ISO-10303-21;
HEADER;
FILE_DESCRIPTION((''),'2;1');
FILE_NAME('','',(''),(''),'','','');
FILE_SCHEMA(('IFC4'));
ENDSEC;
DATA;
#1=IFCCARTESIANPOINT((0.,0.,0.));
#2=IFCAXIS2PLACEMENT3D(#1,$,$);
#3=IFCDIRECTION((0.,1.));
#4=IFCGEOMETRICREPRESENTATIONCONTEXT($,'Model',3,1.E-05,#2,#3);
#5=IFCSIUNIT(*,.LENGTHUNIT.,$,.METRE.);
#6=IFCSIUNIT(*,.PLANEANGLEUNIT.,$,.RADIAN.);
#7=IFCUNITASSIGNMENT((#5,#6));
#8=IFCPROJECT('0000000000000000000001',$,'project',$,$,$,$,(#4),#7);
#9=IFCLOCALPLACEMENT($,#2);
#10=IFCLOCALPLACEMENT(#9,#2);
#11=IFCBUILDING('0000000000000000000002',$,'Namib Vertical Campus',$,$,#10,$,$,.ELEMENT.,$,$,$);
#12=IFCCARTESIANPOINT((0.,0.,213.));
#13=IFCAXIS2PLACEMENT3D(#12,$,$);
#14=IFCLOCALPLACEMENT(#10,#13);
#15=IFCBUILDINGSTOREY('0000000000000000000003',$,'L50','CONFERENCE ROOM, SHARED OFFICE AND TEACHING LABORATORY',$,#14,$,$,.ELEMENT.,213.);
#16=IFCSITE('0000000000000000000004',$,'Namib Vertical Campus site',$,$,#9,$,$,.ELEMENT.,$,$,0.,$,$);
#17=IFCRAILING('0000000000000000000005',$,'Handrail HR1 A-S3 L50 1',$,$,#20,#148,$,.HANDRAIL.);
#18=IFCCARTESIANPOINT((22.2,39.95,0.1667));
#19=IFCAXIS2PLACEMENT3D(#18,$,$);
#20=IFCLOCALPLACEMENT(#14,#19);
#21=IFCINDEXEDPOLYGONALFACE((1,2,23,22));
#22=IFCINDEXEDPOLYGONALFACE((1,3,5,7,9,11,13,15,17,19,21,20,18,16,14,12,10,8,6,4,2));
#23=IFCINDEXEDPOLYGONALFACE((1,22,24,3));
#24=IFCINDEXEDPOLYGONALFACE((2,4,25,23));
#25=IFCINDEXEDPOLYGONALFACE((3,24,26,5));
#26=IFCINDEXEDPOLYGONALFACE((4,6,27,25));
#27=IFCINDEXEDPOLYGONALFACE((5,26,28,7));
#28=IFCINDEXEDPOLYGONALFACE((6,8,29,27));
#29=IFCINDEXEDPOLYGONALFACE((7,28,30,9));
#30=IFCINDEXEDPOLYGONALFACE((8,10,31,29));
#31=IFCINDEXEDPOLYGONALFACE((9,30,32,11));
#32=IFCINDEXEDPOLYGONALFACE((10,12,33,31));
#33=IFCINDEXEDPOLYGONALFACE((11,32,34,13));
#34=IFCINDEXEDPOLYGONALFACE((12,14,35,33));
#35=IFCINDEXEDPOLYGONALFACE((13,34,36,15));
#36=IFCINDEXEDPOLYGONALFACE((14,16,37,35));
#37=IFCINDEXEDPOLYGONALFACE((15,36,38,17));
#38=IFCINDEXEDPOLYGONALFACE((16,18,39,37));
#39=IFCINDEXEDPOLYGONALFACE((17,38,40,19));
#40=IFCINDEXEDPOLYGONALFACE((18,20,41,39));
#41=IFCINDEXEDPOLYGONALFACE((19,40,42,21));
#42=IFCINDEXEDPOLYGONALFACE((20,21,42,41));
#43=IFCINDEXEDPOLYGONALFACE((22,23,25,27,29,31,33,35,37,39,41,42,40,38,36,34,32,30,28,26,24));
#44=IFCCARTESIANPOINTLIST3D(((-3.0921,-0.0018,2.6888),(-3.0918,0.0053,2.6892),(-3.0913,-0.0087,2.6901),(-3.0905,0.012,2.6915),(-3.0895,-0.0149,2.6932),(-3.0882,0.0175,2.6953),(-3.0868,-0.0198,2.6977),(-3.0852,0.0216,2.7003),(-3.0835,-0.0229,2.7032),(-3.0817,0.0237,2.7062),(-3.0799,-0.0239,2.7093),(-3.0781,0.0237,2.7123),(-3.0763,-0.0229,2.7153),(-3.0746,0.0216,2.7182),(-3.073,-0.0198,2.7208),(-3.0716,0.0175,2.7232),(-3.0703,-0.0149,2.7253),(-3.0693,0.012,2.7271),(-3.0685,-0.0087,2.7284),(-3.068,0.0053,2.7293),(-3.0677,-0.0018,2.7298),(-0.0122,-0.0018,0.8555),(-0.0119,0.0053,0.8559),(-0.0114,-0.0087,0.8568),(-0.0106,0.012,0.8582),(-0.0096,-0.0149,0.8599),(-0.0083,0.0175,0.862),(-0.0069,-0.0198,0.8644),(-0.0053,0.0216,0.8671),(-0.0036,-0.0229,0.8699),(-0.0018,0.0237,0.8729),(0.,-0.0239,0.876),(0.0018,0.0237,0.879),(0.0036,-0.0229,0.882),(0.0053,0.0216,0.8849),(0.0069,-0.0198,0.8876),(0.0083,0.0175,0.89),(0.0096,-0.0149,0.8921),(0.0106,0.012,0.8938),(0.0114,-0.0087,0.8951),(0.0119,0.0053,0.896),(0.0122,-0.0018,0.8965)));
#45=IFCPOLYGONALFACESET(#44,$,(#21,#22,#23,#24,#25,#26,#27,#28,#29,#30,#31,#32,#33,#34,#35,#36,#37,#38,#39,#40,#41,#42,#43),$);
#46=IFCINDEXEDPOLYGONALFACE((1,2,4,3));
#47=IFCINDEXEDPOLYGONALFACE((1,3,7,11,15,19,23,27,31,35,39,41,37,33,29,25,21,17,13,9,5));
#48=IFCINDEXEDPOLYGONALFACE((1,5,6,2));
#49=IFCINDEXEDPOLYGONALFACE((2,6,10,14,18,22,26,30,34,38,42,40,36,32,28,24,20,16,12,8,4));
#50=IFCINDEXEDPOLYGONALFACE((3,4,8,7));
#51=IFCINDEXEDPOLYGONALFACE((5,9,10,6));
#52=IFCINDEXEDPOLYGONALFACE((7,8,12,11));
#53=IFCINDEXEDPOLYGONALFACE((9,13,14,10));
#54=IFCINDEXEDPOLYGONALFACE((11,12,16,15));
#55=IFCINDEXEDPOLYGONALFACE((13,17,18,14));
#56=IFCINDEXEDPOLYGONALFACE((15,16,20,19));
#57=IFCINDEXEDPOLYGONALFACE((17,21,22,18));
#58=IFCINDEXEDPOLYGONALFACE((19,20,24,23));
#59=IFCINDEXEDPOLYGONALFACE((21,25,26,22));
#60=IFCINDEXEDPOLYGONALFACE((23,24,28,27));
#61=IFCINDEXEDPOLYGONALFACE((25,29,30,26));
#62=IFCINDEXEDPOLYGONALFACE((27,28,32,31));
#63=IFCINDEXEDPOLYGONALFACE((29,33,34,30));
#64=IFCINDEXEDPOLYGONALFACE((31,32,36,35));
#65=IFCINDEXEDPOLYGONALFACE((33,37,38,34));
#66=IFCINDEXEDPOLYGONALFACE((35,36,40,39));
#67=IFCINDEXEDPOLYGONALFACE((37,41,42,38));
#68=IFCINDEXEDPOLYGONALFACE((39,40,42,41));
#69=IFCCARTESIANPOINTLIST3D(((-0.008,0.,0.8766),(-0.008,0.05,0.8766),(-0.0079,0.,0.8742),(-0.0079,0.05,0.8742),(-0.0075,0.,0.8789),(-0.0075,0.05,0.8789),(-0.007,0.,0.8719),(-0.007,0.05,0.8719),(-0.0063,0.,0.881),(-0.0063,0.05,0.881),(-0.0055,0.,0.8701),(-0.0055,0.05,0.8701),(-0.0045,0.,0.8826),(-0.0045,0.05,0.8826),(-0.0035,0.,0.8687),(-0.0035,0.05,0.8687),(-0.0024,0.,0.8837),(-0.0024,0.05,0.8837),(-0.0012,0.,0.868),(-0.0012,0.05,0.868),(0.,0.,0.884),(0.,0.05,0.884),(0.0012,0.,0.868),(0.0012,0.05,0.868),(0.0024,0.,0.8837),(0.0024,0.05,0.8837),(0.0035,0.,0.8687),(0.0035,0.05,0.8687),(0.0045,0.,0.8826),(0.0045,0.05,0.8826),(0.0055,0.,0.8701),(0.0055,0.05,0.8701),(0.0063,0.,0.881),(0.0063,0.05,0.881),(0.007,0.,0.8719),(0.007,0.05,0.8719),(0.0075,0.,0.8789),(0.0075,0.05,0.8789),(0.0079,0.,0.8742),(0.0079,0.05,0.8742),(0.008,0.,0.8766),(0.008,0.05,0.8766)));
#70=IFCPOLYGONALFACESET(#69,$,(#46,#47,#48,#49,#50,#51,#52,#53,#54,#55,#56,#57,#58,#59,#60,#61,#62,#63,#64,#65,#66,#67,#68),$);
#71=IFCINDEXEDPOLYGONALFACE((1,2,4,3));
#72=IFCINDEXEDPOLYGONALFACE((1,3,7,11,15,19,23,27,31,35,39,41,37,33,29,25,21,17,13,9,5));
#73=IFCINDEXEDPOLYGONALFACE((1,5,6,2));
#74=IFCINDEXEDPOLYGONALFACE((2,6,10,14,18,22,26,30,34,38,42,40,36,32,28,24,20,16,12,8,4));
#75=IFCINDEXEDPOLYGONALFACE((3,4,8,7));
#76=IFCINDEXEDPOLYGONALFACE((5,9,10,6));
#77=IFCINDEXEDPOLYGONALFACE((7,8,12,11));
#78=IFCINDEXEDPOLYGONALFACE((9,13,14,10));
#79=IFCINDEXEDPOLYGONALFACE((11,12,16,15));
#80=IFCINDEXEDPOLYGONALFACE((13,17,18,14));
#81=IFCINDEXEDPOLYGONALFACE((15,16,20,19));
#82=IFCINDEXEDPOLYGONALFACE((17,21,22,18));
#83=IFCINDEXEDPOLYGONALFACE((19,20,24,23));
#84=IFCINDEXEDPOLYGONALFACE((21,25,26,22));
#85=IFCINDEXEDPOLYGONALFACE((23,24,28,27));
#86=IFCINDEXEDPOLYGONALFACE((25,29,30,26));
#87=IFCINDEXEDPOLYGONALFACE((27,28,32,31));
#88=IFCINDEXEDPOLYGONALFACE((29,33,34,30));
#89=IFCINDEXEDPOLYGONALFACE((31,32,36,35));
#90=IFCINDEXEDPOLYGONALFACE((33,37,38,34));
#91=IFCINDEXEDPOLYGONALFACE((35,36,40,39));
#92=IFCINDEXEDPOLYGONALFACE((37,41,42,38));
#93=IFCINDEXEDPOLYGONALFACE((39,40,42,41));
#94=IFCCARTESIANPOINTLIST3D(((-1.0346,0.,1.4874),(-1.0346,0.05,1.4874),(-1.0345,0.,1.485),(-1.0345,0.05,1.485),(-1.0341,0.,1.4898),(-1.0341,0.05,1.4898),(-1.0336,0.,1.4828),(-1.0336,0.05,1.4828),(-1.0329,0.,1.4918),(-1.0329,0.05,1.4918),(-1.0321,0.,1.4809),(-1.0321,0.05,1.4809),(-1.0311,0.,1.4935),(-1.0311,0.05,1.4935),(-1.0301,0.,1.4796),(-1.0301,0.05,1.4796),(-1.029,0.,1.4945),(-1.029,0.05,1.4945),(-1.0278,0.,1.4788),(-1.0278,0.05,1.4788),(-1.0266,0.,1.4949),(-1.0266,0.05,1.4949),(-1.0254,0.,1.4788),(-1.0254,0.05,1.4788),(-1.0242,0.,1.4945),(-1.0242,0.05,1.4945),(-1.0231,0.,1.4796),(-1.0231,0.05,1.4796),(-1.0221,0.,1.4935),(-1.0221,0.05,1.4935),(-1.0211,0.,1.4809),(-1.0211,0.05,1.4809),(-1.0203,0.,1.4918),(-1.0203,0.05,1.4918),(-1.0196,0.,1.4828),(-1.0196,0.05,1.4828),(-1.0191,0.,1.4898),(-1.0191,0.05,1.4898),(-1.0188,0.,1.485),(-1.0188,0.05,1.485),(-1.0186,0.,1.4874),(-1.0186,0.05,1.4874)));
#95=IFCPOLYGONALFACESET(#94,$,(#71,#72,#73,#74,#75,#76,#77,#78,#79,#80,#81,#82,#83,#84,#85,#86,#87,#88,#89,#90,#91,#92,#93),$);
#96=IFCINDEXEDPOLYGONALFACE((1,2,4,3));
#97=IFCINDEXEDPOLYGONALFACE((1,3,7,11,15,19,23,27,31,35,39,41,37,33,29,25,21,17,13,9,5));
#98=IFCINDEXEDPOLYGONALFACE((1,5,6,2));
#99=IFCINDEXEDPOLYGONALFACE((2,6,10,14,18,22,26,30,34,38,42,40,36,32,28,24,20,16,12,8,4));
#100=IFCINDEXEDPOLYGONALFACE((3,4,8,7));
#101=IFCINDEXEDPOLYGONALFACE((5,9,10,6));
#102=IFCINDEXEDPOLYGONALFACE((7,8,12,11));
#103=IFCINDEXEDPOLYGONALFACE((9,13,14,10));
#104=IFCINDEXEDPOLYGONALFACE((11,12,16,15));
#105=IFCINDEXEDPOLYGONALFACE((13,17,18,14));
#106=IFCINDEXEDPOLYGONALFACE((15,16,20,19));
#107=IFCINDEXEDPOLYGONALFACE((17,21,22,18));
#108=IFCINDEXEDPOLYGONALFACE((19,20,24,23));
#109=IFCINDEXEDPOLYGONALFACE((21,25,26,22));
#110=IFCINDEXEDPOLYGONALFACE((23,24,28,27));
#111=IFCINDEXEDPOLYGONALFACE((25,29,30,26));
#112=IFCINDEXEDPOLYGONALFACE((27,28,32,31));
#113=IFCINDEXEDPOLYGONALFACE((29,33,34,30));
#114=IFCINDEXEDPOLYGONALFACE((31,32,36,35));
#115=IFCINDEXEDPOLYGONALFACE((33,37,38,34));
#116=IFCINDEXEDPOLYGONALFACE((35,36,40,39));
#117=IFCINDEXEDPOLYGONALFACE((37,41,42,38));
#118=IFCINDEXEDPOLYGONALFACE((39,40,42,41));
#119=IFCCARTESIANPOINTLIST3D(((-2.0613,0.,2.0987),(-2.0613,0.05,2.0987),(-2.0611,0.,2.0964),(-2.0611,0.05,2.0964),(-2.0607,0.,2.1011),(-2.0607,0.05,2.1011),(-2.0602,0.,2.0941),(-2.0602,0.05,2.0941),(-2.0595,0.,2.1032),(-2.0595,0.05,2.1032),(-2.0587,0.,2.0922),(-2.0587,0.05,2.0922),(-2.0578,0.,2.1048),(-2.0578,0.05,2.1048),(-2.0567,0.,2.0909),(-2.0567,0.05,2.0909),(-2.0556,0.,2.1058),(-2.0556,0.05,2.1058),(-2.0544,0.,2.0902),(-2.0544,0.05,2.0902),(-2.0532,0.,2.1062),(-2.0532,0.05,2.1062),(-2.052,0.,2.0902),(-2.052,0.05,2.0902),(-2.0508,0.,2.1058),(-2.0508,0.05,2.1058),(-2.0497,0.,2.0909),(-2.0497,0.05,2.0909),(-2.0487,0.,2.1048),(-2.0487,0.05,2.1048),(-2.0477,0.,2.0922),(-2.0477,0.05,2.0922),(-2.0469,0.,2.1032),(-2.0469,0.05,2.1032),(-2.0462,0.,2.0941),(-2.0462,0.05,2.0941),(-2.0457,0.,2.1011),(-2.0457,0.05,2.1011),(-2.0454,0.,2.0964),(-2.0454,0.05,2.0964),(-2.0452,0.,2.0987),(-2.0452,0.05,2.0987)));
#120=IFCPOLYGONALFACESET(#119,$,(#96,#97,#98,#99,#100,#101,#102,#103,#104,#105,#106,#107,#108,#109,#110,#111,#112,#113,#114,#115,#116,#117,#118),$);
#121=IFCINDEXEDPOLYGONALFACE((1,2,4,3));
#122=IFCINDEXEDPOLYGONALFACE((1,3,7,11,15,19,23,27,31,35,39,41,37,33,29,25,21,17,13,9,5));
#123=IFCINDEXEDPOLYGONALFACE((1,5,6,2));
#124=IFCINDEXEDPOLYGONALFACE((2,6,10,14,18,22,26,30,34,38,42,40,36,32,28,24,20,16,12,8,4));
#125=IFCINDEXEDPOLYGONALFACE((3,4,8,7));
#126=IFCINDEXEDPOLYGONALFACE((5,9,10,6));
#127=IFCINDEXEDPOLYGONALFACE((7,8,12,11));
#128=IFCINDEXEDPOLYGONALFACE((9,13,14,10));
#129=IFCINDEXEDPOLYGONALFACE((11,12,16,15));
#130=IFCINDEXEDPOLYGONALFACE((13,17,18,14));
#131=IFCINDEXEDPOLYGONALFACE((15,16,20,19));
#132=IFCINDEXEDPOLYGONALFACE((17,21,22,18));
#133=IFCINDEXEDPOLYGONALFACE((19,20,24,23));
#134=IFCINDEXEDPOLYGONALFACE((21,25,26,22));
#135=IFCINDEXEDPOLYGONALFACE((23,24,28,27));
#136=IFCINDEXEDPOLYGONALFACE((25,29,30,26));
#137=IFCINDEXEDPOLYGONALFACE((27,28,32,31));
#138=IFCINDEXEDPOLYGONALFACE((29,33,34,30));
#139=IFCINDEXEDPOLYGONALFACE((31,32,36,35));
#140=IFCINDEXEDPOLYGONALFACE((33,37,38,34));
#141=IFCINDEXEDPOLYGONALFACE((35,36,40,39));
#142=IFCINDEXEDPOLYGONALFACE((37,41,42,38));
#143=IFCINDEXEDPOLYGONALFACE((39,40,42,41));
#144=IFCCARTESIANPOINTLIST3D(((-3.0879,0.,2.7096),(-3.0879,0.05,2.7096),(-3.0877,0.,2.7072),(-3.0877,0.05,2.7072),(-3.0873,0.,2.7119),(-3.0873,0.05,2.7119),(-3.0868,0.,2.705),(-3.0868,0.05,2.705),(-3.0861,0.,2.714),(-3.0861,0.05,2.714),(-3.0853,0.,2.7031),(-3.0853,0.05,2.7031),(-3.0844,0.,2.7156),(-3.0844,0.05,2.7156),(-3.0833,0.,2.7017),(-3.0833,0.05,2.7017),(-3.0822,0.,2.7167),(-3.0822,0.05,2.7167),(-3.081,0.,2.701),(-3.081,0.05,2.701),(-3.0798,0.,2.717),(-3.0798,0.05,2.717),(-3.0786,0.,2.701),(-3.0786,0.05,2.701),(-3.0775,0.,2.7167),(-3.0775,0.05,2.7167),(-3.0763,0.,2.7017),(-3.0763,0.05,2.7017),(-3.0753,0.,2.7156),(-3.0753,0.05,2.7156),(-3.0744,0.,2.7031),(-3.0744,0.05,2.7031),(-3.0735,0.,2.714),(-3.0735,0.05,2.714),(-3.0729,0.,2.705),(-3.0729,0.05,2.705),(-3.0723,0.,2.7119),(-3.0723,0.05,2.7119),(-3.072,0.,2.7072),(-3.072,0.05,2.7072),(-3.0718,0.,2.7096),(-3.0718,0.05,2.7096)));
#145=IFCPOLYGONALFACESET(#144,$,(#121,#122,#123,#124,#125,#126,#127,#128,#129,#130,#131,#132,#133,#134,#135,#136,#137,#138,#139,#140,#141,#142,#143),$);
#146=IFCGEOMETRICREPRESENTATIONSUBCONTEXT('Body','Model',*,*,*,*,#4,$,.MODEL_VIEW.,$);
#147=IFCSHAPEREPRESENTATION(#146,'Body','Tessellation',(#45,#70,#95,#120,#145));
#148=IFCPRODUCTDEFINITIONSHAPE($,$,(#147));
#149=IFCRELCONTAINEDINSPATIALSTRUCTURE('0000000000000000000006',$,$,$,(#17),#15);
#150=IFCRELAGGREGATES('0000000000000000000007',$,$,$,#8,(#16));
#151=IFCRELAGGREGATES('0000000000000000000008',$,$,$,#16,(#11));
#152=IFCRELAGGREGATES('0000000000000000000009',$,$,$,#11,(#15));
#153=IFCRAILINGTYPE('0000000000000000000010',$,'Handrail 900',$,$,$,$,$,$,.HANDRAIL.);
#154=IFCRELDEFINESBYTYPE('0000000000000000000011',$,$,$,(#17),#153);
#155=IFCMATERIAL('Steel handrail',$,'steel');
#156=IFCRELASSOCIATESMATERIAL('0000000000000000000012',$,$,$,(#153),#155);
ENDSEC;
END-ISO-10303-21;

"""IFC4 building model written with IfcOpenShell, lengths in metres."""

from ifc_helpers import new_model, si_unit, direction, frame, origin, origin_2d, place, context, subcontext, project, spatial, circle, extrude, material, type_object, element, save


model = new_model("IFC4")

# Units and contexts
model_context = context("Model", 3, precision=1e-05, world=origin(), true_north=direction((0.0, 1.0)))
body_context = subcontext(model_context, "Body", "Model", "MODEL_VIEW")
ifc_project = project(units=[si_unit("LENGTHUNIT", "METRE"), si_unit("PLANEANGLEUNIT", "RADIAN")], contexts=[model_context])

# Site, building, storey
site_placement = place(None, origin())
site = spatial("IfcSite", under=ifc_project, at=site_placement, Name="Namib Vertical Campus site", CompositionType="ELEMENT", RefElevation=0.0)
building_placement = place(site_placement, origin())
building = spatial("IfcBuilding", under=site, at=building_placement, Name="Namib Vertical Campus", CompositionType="ELEMENT")
storey_placement = place(building_placement, frame((0.0, 0.0, 213.0)))
storey = spatial("IfcBuildingStorey", under=building, at=storey_placement, Name="L50", Description="CONFERENCE ROOM, SHARED OFFICE AND TEACHING LABORATORY", CompositionType="ELEMENT", Elevation=213.0)

# Railing
ifc_material_1 = material(Name="Steel handrail", Category="steel")
railing_type_1 = type_object("IfcRailingType", Name="Handrail 900", PredefinedType="HANDRAIL", material=ifc_material_1)
railing_1_placement = place(storey_placement, frame((22.2, 39.95, 0.1667)))
element("IfcRailing", 1, at=railing_1_placement, inside=storey, type_object=railing_type_1, Name="Handrail HR1 A-S3 L50 1", PredefinedType="HANDRAIL", context=body_context, shape_type="SweptSolid", body=[
    extrude(circle(Radius=0.0239, at=origin_2d()), frame((0.0, 0.0, 0.876), z_axis=(-0.859291, 0.0, 0.511487), x_axis=(0.0, -1.0, 0.0)), (0.0, 0.0, 1.0), 3.5842),
    extrude(circle(Radius=0.0081, at=origin_2d()), frame((0.0, 0.0, 0.876), z_axis=(0.0, 1.0, 0.0), x_axis=(0.0, 0.0, 1.0)), (0.0, 0.0, 1.0), 0.05),
    extrude(circle(Radius=0.0081, at=origin_2d()), frame((-1.0266, 0.0, 1.4868), z_axis=(0.0, 1.0, 0.0), x_axis=(0.0, 0.0, 1.0)), (0.0, 0.0, 1.0), 0.05),
    extrude(circle(Radius=0.0081, at=origin_2d()), frame((-2.0532, 0.0, 2.0981), z_axis=(0.0, 1.0, 0.0), x_axis=(0.0, 0.0, 1.0)), (0.0, 0.0, 1.0), 0.05),
    extrude(circle(Radius=0.0081, at=origin_2d()), frame((-3.0798, 0.0, 2.709), z_axis=(0.0, 1.0, 0.0), x_axis=(0.0, 0.0, 1.0)), (0.0, 0.0, 1.0), 0.05),
])

save(model, "model.ifc")
